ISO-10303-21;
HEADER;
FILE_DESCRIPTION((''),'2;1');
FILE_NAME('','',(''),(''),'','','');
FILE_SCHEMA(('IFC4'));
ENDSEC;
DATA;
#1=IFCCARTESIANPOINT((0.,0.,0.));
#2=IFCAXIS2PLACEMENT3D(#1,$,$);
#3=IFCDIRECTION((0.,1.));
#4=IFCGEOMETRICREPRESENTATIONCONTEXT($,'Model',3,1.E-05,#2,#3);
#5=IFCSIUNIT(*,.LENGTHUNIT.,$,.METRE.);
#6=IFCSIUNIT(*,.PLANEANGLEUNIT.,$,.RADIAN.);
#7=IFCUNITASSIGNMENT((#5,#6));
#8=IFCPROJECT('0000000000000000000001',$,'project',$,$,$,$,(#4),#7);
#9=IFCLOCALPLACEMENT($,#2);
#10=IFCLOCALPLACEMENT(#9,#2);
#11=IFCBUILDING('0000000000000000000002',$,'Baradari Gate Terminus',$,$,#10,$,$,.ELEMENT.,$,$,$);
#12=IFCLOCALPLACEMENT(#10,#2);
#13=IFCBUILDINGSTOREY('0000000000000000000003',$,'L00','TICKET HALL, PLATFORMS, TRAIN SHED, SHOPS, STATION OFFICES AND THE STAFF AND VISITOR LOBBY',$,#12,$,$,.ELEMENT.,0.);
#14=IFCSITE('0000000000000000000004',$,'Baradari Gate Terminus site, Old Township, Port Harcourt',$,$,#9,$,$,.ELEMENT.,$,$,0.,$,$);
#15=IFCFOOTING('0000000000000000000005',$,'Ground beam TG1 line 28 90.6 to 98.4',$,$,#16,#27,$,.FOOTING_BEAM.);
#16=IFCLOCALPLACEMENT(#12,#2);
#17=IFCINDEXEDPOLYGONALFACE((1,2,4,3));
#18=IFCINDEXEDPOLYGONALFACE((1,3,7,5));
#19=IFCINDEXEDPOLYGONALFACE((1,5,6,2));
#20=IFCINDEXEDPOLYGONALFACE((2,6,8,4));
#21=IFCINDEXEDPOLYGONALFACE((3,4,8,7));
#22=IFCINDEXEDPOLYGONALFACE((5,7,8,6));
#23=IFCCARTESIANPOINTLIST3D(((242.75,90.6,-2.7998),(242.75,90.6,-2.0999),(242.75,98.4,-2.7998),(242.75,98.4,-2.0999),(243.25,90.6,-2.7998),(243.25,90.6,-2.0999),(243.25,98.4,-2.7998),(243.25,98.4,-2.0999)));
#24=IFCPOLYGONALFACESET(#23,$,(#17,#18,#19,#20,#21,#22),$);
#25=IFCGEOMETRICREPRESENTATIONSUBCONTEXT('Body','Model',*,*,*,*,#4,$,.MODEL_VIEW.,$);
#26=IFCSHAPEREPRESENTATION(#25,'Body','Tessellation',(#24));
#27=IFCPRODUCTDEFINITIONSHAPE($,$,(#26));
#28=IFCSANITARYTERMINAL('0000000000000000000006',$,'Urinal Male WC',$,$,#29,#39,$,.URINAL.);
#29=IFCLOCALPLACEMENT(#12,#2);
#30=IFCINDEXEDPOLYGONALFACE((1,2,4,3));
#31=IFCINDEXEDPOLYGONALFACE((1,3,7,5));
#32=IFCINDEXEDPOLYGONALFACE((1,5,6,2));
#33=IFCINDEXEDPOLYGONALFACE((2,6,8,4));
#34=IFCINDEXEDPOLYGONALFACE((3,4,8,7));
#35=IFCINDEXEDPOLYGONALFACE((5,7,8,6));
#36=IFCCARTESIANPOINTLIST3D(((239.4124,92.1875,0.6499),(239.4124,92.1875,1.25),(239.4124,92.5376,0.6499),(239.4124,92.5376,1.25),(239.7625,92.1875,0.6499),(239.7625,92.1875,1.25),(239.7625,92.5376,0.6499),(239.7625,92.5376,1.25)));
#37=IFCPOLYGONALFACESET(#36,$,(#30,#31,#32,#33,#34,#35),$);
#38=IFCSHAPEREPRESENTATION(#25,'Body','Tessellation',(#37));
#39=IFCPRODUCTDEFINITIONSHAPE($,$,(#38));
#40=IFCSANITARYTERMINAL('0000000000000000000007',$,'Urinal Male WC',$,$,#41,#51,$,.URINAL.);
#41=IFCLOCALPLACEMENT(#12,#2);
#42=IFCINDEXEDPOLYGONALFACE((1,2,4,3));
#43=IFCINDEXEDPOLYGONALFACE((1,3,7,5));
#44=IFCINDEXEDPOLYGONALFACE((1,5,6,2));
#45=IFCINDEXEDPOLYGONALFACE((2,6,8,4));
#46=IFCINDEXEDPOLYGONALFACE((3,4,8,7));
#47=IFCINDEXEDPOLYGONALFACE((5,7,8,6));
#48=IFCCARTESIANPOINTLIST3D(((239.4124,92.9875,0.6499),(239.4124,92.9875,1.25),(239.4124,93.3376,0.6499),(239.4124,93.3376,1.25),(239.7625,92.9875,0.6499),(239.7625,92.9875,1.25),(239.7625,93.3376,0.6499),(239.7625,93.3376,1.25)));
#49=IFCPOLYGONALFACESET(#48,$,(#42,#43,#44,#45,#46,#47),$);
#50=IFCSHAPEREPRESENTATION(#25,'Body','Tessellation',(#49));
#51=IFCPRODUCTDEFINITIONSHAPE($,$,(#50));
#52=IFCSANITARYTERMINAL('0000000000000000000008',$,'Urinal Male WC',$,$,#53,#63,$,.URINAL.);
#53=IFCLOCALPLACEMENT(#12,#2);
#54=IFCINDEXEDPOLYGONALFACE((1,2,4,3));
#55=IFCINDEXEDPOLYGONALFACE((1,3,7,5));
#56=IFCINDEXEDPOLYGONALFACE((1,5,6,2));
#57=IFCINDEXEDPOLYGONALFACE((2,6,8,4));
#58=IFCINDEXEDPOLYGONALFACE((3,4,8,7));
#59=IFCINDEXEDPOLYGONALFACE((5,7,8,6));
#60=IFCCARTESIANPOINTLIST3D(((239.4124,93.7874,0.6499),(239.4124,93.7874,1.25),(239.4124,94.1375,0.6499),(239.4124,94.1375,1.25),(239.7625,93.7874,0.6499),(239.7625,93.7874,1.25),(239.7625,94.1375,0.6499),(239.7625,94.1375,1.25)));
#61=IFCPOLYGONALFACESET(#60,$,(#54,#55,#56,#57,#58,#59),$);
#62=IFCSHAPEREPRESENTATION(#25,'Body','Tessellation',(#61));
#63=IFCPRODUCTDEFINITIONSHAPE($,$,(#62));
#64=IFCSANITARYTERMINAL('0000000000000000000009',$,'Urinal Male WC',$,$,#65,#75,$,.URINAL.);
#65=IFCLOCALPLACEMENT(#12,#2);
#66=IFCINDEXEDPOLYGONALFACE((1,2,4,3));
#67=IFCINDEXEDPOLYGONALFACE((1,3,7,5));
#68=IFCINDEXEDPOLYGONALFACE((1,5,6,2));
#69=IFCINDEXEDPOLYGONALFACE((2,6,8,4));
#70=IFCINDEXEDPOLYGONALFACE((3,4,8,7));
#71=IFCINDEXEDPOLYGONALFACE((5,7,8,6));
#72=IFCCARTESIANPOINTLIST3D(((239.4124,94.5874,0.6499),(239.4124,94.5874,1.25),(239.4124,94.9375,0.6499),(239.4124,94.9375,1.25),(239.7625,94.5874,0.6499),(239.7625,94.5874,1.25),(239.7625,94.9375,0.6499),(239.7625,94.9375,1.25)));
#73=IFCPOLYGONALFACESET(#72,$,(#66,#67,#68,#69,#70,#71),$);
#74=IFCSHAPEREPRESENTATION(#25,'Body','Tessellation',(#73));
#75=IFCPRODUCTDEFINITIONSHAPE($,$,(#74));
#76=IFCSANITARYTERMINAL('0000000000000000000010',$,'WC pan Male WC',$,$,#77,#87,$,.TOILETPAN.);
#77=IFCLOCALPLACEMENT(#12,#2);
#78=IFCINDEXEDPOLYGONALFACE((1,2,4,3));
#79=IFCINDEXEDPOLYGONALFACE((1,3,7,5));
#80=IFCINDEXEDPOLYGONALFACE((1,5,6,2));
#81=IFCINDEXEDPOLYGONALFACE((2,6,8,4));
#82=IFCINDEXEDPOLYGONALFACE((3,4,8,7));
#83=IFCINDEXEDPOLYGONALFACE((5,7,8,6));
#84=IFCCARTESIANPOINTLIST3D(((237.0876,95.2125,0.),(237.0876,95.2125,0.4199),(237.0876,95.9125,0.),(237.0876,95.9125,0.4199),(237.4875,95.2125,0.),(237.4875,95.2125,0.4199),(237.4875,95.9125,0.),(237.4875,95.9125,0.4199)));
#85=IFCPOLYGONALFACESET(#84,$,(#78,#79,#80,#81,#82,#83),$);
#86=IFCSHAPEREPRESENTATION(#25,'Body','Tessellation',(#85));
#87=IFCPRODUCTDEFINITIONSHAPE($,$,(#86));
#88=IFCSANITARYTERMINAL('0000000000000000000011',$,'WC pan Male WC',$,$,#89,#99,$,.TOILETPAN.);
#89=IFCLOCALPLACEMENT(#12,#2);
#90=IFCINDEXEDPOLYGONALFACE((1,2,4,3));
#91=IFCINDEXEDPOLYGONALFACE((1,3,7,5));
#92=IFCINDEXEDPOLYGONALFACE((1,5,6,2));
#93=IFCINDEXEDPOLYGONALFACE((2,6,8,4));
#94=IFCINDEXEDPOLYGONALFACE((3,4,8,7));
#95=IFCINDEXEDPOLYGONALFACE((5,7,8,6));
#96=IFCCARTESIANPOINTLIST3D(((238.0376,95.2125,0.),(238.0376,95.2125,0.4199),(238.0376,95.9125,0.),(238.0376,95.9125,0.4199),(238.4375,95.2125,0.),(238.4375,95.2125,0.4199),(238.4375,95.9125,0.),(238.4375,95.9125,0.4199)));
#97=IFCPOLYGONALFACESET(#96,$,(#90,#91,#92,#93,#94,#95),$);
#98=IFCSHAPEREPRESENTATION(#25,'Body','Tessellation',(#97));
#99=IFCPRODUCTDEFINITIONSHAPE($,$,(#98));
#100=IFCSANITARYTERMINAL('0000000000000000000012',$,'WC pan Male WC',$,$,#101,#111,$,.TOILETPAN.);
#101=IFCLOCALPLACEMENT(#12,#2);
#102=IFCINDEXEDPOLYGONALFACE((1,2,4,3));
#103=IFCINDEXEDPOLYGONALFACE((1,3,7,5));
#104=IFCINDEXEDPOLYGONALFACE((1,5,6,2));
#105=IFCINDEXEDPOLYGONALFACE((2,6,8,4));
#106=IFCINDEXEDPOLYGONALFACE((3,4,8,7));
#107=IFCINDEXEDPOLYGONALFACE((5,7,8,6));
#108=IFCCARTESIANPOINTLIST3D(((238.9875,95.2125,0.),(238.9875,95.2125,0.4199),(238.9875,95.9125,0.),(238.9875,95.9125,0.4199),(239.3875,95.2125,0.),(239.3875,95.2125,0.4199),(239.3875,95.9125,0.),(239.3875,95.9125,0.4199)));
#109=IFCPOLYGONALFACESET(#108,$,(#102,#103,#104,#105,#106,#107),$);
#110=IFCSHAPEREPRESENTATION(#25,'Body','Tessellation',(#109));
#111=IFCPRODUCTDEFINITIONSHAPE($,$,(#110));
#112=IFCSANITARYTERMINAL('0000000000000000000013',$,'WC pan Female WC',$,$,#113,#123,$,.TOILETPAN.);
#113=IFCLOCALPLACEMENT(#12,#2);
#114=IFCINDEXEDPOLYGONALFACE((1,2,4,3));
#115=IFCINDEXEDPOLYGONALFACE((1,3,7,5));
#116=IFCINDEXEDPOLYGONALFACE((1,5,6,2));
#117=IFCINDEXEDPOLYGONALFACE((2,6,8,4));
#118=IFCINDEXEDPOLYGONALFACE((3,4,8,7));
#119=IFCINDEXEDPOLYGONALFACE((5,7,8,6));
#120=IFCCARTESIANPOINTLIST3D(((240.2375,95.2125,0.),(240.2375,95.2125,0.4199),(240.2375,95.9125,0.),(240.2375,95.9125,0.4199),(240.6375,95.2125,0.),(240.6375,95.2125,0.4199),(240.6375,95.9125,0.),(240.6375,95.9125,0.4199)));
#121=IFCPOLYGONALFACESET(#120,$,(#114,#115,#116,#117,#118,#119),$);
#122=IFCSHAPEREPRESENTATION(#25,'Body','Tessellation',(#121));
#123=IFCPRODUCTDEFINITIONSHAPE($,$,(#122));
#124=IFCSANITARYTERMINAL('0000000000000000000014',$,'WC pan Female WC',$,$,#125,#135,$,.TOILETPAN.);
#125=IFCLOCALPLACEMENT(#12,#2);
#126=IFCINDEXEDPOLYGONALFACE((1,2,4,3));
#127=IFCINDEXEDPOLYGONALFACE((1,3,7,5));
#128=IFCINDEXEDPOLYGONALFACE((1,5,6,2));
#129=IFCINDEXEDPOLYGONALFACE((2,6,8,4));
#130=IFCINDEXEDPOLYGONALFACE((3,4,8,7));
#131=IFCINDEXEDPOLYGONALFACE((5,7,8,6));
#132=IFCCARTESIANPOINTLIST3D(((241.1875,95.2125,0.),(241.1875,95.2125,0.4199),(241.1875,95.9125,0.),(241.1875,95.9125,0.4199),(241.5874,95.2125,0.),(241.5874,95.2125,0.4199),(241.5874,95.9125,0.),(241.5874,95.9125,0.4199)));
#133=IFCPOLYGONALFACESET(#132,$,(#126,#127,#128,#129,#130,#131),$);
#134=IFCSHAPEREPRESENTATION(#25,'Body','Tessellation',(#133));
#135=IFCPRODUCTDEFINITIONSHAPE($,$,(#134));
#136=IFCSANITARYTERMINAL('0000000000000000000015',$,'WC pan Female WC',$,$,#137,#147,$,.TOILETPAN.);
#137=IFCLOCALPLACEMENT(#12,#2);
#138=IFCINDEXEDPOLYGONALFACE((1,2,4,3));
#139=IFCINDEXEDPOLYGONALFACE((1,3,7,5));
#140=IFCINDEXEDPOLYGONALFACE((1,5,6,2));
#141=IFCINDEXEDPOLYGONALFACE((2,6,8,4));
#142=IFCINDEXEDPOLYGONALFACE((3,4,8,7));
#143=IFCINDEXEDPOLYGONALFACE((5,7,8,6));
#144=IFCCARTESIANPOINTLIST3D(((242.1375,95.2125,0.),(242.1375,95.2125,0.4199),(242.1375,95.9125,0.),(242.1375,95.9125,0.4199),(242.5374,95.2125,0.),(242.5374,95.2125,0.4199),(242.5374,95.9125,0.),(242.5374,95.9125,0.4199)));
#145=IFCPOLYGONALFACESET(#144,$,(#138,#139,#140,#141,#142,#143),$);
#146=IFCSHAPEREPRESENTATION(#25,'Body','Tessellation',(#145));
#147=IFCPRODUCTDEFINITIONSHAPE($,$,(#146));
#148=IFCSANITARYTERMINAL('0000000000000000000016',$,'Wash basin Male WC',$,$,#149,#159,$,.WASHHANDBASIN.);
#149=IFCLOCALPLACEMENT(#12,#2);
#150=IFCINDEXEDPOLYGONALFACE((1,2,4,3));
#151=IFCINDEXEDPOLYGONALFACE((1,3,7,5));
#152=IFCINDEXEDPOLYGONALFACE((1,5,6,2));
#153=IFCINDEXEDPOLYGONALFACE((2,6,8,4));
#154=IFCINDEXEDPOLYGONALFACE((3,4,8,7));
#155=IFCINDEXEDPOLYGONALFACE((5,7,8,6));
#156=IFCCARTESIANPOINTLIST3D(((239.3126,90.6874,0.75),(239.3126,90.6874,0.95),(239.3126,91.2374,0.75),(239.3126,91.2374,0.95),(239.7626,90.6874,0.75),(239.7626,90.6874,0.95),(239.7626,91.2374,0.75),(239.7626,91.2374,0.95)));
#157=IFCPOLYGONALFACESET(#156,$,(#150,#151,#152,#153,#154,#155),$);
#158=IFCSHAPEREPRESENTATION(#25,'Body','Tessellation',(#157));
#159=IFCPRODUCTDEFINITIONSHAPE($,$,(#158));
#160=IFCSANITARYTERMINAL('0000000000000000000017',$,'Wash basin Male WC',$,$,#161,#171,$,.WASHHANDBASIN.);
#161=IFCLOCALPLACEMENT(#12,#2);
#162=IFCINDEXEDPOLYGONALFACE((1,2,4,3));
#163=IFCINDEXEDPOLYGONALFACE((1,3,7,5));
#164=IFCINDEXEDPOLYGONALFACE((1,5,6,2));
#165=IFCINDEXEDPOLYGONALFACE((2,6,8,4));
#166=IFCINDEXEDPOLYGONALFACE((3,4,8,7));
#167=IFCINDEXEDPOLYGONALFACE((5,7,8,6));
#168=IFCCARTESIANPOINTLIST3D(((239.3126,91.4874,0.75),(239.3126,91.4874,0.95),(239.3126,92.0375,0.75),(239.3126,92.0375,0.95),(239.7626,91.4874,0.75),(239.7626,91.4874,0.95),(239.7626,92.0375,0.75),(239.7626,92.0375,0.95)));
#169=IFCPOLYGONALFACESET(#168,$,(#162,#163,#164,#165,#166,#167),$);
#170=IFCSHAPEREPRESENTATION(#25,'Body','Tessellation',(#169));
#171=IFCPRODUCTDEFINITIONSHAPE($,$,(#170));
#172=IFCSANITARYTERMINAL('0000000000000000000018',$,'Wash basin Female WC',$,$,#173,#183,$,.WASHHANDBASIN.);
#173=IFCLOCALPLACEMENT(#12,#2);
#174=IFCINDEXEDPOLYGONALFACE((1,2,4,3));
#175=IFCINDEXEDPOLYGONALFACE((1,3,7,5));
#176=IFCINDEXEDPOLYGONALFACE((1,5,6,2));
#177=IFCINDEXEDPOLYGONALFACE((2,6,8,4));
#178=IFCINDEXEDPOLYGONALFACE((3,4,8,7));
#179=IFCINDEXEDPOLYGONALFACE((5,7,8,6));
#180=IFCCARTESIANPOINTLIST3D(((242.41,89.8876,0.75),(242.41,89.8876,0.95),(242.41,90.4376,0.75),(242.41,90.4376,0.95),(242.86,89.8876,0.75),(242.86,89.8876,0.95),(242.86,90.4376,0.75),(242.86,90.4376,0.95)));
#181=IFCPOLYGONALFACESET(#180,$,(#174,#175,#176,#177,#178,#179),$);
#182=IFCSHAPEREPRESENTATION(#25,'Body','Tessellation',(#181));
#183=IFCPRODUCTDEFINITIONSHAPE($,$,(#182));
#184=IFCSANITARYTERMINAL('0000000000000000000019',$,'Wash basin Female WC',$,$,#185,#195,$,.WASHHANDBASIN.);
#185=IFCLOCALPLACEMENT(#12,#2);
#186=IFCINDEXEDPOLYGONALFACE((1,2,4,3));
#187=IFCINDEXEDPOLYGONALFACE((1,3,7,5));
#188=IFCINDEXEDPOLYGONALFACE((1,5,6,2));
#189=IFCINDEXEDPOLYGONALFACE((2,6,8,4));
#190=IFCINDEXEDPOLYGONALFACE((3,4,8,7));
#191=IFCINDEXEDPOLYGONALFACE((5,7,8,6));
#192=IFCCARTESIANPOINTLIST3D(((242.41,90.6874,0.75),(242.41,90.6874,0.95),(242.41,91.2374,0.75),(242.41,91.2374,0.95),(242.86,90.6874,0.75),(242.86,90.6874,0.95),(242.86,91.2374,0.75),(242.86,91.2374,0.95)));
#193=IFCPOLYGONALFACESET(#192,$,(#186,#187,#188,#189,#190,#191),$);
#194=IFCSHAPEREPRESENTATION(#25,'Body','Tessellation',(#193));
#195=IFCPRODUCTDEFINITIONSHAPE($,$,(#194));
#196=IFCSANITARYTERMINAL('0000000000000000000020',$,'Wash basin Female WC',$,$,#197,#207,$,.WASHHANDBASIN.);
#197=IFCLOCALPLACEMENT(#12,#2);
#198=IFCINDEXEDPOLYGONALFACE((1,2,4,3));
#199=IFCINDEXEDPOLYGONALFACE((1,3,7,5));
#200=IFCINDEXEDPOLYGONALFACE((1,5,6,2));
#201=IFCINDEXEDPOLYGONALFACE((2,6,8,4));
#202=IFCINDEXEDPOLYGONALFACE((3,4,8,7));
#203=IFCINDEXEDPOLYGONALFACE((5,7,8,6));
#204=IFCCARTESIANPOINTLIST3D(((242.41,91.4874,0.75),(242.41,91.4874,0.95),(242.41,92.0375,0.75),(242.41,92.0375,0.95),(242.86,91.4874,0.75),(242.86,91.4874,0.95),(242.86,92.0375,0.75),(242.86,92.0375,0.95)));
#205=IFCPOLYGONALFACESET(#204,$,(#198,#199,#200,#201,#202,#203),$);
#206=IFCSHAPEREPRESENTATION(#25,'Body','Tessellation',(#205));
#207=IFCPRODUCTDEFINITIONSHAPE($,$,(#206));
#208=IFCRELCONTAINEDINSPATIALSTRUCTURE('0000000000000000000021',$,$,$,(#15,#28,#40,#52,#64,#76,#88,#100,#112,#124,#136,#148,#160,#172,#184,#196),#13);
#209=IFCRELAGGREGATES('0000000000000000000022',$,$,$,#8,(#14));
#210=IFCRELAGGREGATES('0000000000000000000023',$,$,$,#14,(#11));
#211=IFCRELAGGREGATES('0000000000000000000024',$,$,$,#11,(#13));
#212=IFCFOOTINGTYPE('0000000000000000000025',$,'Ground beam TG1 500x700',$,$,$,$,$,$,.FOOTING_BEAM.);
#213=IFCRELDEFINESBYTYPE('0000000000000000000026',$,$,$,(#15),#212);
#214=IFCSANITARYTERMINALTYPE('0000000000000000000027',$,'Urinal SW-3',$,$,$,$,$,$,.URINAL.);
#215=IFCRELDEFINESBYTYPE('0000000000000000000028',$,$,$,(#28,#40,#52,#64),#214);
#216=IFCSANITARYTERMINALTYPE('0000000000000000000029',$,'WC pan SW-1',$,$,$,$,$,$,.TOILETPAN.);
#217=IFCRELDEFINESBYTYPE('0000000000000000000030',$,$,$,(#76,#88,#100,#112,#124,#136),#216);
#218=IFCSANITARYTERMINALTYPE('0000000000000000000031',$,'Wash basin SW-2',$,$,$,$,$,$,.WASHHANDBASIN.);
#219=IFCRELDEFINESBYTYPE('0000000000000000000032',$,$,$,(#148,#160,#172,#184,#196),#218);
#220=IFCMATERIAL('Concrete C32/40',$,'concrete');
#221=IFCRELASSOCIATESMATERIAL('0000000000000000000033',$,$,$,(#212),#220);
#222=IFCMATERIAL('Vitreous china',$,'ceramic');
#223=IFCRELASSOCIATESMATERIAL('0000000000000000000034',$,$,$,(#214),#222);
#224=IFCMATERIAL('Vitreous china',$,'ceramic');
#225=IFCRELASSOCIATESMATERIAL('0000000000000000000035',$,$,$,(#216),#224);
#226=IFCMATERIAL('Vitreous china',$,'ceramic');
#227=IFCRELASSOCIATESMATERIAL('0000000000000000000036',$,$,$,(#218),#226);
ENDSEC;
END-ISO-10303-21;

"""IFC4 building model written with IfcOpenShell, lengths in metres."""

from ifc_helpers import new_model, si_unit, direction, frame, origin, origin_2d, place, context, subcontext, project, spatial, rectangle, extrude, material, type_object, element, save


model = new_model("IFC4")

# Units and contexts
model_context = context("Model", 3, precision=1e-05, world=origin(), true_north=direction((0.0, 1.0)))
body_context = subcontext(model_context, "Body", "Model", "MODEL_VIEW")
ifc_project = project(units=[si_unit("LENGTHUNIT", "METRE"), si_unit("PLANEANGLEUNIT", "RADIAN")], contexts=[model_context])

# Site, building, storey
site_placement = place(None, origin())
site = spatial("IfcSite", under=ifc_project, at=site_placement, Name="Baradari Gate Terminus site, Old Township, Port Harcourt", CompositionType="ELEMENT", RefElevation=0.0)
building_placement = place(site_placement, origin())
building = spatial("IfcBuilding", under=site, at=building_placement, Name="Baradari Gate Terminus", CompositionType="ELEMENT")
storey_placement = place(building_placement, origin())
storey = spatial("IfcBuildingStorey", under=building, at=storey_placement, Name="L00", Description="TICKET HALL, PLATFORMS, TRAIN SHED, SHOPS, STATION OFFICES AND THE STAFF AND VISITOR LOBBY", CompositionType="ELEMENT", Elevation=0.0)

# Footing
ifc_material_1 = material(Name="Concrete C32/40", Category="concrete")
footing_type = type_object("IfcFootingType", Name="Ground beam TG1 500x700", PredefinedType="FOOTING_BEAM", material=ifc_material_1)
footing_placement = place(storey_placement, frame((243.0, 94.5, -2.7998), z_axis=(0.0, 0.0, 1.0), x_axis=(1.0, 0.0, 0.0)))
element("IfcFooting", 1, at=footing_placement, inside=storey, type_object=footing_type, Name="Ground beam TG1 line 28 90.6 to 98.4", PredefinedType="FOOTING_BEAM", context=body_context, shape_type="SweptSolid", body=[
    extrude(rectangle(XDim=0.5, YDim=7.8, at=origin_2d()), origin(), (0.0, 0.0, 1.0), 0.7),
])

# Sanitary terminals
ifc_material_2 = material(Name="Vitreous china", Category="ceramic")
sanitary_terminal_type_1 = type_object("IfcSanitaryTerminalType", Name="Urinal SW-3", PredefinedType="URINAL", material=ifc_material_2)
for number, where, z_axis, x_axis, name in (
    (2, (239.5874, 92.3625, 0.6499), (0.0, 0.0, 1.0), (1.0, 0.0, 0.0), "Urinal Male WC"),
    (3, (239.5874, 93.1626, 0.6499), (0.0, 0.0, 1.0), (1.0, 0.0, 0.0), "Urinal Male WC"),
    (4, (239.5874, 93.9624, 0.6499), (0.0, 0.0, 1.0), (1.0, 0.0, 0.0), "Urinal Male WC"),
    (5, (239.5874, 94.7625, 0.6499), (0.0, 0.0, 1.0), (1.0, 0.0, 0.0), "Urinal Male WC"),
):
    element("IfcSanitaryTerminal", number, at=place(storey_placement, frame(where, z_axis=z_axis, x_axis=x_axis)), inside=storey, type_object=sanitary_terminal_type_1, Name=name, PredefinedType="URINAL", context=body_context, shape_type="SweptSolid", body=[
        extrude(rectangle(XDim=0.3501, YDim=0.3501, at=origin_2d()), origin(), (0.0, 0.0, 1.0), 0.6001),
    ])
ifc_material_3 = material(Name="Vitreous china", Category="ceramic")
sanitary_terminal_type_2 = type_object("IfcSanitaryTerminalType", Name="WC pan SW-1", PredefinedType="TOILETPAN", material=ifc_material_3)
for number, where, z_axis, x_axis, name in (
    (6, (237.2876, 95.5625, 0.0), (0.0, 0.0, 1.0), (1.0, 0.0, 0.0), "WC pan Male WC"),
    (7, (238.2375, 95.5625, 0.0), (0.0, 0.0, 1.0), (1.0, 0.0, 0.0), "WC pan Male WC"),
    (8, (239.1875, 95.5625, 0.0), (0.0, 0.0, 1.0), (1.0, 0.0, 0.0), "WC pan Male WC"),
    (9, (240.4375, 95.5625, 0.0), (0.0, 0.0, 1.0), (1.0, 0.0, 0.0), "WC pan Female WC"),
    (10, (241.3875, 95.5625, 0.0), (0.0, 0.0, 1.0), (1.0, 0.0, 0.0), "WC pan Female WC"),
    (11, (242.3374, 95.5625, 0.0), (0.0, 0.0, 1.0), (1.0, 0.0, 0.0), "WC pan Female WC"),
):
    element("IfcSanitaryTerminal", number, at=place(storey_placement, frame(where, z_axis=z_axis, x_axis=x_axis)), inside=storey, type_object=sanitary_terminal_type_2, Name=name, PredefinedType="TOILETPAN", context=body_context, shape_type="SweptSolid", body=[
        extrude(rectangle(XDim=0.3999, YDim=0.7, at=origin_2d()), origin(), (0.0, 0.0, 1.0), 0.4199),
    ])
ifc_material_4 = material(Name="Vitreous china", Category="ceramic")
sanitary_terminal_type_3 = type_object("IfcSanitaryTerminalType", Name="Wash basin SW-2", PredefinedType="WASHHANDBASIN", material=ifc_material_4)
for number, where, z_axis, x_axis, name in (
    (12, (239.5376, 90.9624, 0.75), (0.0, 0.0, 1.0), (1.0, 0.0, 0.0), "Wash basin Male WC"),
    (13, (239.5376, 91.7625, 0.75), (0.0, 0.0, 1.0), (1.0, 0.0, 0.0), "Wash basin Male WC"),
    (14, (242.635, 90.1626, 0.75), (0.0, 0.0, 1.0), (1.0, 0.0, 0.0), "Wash basin Female WC"),
    (15, (242.635, 90.9624, 0.75), (0.0, 0.0, 1.0), (1.0, 0.0, 0.0), "Wash basin Female WC"),
    (16, (242.635, 91.7625, 0.75), (0.0, 0.0, 1.0), (1.0, 0.0, 0.0), "Wash basin Female WC"),
):
    element("IfcSanitaryTerminal", number, at=place(storey_placement, frame(where, z_axis=z_axis, x_axis=x_axis)), inside=storey, type_object=sanitary_terminal_type_3, Name=name, PredefinedType="WASHHANDBASIN", context=body_context, shape_type="SweptSolid", body=[
        extrude(rectangle(XDim=0.45, YDim=0.55, at=origin_2d()), origin(), (0.0, 0.0, 1.0), 0.2),
    ])

save(model, "model.ifc")
